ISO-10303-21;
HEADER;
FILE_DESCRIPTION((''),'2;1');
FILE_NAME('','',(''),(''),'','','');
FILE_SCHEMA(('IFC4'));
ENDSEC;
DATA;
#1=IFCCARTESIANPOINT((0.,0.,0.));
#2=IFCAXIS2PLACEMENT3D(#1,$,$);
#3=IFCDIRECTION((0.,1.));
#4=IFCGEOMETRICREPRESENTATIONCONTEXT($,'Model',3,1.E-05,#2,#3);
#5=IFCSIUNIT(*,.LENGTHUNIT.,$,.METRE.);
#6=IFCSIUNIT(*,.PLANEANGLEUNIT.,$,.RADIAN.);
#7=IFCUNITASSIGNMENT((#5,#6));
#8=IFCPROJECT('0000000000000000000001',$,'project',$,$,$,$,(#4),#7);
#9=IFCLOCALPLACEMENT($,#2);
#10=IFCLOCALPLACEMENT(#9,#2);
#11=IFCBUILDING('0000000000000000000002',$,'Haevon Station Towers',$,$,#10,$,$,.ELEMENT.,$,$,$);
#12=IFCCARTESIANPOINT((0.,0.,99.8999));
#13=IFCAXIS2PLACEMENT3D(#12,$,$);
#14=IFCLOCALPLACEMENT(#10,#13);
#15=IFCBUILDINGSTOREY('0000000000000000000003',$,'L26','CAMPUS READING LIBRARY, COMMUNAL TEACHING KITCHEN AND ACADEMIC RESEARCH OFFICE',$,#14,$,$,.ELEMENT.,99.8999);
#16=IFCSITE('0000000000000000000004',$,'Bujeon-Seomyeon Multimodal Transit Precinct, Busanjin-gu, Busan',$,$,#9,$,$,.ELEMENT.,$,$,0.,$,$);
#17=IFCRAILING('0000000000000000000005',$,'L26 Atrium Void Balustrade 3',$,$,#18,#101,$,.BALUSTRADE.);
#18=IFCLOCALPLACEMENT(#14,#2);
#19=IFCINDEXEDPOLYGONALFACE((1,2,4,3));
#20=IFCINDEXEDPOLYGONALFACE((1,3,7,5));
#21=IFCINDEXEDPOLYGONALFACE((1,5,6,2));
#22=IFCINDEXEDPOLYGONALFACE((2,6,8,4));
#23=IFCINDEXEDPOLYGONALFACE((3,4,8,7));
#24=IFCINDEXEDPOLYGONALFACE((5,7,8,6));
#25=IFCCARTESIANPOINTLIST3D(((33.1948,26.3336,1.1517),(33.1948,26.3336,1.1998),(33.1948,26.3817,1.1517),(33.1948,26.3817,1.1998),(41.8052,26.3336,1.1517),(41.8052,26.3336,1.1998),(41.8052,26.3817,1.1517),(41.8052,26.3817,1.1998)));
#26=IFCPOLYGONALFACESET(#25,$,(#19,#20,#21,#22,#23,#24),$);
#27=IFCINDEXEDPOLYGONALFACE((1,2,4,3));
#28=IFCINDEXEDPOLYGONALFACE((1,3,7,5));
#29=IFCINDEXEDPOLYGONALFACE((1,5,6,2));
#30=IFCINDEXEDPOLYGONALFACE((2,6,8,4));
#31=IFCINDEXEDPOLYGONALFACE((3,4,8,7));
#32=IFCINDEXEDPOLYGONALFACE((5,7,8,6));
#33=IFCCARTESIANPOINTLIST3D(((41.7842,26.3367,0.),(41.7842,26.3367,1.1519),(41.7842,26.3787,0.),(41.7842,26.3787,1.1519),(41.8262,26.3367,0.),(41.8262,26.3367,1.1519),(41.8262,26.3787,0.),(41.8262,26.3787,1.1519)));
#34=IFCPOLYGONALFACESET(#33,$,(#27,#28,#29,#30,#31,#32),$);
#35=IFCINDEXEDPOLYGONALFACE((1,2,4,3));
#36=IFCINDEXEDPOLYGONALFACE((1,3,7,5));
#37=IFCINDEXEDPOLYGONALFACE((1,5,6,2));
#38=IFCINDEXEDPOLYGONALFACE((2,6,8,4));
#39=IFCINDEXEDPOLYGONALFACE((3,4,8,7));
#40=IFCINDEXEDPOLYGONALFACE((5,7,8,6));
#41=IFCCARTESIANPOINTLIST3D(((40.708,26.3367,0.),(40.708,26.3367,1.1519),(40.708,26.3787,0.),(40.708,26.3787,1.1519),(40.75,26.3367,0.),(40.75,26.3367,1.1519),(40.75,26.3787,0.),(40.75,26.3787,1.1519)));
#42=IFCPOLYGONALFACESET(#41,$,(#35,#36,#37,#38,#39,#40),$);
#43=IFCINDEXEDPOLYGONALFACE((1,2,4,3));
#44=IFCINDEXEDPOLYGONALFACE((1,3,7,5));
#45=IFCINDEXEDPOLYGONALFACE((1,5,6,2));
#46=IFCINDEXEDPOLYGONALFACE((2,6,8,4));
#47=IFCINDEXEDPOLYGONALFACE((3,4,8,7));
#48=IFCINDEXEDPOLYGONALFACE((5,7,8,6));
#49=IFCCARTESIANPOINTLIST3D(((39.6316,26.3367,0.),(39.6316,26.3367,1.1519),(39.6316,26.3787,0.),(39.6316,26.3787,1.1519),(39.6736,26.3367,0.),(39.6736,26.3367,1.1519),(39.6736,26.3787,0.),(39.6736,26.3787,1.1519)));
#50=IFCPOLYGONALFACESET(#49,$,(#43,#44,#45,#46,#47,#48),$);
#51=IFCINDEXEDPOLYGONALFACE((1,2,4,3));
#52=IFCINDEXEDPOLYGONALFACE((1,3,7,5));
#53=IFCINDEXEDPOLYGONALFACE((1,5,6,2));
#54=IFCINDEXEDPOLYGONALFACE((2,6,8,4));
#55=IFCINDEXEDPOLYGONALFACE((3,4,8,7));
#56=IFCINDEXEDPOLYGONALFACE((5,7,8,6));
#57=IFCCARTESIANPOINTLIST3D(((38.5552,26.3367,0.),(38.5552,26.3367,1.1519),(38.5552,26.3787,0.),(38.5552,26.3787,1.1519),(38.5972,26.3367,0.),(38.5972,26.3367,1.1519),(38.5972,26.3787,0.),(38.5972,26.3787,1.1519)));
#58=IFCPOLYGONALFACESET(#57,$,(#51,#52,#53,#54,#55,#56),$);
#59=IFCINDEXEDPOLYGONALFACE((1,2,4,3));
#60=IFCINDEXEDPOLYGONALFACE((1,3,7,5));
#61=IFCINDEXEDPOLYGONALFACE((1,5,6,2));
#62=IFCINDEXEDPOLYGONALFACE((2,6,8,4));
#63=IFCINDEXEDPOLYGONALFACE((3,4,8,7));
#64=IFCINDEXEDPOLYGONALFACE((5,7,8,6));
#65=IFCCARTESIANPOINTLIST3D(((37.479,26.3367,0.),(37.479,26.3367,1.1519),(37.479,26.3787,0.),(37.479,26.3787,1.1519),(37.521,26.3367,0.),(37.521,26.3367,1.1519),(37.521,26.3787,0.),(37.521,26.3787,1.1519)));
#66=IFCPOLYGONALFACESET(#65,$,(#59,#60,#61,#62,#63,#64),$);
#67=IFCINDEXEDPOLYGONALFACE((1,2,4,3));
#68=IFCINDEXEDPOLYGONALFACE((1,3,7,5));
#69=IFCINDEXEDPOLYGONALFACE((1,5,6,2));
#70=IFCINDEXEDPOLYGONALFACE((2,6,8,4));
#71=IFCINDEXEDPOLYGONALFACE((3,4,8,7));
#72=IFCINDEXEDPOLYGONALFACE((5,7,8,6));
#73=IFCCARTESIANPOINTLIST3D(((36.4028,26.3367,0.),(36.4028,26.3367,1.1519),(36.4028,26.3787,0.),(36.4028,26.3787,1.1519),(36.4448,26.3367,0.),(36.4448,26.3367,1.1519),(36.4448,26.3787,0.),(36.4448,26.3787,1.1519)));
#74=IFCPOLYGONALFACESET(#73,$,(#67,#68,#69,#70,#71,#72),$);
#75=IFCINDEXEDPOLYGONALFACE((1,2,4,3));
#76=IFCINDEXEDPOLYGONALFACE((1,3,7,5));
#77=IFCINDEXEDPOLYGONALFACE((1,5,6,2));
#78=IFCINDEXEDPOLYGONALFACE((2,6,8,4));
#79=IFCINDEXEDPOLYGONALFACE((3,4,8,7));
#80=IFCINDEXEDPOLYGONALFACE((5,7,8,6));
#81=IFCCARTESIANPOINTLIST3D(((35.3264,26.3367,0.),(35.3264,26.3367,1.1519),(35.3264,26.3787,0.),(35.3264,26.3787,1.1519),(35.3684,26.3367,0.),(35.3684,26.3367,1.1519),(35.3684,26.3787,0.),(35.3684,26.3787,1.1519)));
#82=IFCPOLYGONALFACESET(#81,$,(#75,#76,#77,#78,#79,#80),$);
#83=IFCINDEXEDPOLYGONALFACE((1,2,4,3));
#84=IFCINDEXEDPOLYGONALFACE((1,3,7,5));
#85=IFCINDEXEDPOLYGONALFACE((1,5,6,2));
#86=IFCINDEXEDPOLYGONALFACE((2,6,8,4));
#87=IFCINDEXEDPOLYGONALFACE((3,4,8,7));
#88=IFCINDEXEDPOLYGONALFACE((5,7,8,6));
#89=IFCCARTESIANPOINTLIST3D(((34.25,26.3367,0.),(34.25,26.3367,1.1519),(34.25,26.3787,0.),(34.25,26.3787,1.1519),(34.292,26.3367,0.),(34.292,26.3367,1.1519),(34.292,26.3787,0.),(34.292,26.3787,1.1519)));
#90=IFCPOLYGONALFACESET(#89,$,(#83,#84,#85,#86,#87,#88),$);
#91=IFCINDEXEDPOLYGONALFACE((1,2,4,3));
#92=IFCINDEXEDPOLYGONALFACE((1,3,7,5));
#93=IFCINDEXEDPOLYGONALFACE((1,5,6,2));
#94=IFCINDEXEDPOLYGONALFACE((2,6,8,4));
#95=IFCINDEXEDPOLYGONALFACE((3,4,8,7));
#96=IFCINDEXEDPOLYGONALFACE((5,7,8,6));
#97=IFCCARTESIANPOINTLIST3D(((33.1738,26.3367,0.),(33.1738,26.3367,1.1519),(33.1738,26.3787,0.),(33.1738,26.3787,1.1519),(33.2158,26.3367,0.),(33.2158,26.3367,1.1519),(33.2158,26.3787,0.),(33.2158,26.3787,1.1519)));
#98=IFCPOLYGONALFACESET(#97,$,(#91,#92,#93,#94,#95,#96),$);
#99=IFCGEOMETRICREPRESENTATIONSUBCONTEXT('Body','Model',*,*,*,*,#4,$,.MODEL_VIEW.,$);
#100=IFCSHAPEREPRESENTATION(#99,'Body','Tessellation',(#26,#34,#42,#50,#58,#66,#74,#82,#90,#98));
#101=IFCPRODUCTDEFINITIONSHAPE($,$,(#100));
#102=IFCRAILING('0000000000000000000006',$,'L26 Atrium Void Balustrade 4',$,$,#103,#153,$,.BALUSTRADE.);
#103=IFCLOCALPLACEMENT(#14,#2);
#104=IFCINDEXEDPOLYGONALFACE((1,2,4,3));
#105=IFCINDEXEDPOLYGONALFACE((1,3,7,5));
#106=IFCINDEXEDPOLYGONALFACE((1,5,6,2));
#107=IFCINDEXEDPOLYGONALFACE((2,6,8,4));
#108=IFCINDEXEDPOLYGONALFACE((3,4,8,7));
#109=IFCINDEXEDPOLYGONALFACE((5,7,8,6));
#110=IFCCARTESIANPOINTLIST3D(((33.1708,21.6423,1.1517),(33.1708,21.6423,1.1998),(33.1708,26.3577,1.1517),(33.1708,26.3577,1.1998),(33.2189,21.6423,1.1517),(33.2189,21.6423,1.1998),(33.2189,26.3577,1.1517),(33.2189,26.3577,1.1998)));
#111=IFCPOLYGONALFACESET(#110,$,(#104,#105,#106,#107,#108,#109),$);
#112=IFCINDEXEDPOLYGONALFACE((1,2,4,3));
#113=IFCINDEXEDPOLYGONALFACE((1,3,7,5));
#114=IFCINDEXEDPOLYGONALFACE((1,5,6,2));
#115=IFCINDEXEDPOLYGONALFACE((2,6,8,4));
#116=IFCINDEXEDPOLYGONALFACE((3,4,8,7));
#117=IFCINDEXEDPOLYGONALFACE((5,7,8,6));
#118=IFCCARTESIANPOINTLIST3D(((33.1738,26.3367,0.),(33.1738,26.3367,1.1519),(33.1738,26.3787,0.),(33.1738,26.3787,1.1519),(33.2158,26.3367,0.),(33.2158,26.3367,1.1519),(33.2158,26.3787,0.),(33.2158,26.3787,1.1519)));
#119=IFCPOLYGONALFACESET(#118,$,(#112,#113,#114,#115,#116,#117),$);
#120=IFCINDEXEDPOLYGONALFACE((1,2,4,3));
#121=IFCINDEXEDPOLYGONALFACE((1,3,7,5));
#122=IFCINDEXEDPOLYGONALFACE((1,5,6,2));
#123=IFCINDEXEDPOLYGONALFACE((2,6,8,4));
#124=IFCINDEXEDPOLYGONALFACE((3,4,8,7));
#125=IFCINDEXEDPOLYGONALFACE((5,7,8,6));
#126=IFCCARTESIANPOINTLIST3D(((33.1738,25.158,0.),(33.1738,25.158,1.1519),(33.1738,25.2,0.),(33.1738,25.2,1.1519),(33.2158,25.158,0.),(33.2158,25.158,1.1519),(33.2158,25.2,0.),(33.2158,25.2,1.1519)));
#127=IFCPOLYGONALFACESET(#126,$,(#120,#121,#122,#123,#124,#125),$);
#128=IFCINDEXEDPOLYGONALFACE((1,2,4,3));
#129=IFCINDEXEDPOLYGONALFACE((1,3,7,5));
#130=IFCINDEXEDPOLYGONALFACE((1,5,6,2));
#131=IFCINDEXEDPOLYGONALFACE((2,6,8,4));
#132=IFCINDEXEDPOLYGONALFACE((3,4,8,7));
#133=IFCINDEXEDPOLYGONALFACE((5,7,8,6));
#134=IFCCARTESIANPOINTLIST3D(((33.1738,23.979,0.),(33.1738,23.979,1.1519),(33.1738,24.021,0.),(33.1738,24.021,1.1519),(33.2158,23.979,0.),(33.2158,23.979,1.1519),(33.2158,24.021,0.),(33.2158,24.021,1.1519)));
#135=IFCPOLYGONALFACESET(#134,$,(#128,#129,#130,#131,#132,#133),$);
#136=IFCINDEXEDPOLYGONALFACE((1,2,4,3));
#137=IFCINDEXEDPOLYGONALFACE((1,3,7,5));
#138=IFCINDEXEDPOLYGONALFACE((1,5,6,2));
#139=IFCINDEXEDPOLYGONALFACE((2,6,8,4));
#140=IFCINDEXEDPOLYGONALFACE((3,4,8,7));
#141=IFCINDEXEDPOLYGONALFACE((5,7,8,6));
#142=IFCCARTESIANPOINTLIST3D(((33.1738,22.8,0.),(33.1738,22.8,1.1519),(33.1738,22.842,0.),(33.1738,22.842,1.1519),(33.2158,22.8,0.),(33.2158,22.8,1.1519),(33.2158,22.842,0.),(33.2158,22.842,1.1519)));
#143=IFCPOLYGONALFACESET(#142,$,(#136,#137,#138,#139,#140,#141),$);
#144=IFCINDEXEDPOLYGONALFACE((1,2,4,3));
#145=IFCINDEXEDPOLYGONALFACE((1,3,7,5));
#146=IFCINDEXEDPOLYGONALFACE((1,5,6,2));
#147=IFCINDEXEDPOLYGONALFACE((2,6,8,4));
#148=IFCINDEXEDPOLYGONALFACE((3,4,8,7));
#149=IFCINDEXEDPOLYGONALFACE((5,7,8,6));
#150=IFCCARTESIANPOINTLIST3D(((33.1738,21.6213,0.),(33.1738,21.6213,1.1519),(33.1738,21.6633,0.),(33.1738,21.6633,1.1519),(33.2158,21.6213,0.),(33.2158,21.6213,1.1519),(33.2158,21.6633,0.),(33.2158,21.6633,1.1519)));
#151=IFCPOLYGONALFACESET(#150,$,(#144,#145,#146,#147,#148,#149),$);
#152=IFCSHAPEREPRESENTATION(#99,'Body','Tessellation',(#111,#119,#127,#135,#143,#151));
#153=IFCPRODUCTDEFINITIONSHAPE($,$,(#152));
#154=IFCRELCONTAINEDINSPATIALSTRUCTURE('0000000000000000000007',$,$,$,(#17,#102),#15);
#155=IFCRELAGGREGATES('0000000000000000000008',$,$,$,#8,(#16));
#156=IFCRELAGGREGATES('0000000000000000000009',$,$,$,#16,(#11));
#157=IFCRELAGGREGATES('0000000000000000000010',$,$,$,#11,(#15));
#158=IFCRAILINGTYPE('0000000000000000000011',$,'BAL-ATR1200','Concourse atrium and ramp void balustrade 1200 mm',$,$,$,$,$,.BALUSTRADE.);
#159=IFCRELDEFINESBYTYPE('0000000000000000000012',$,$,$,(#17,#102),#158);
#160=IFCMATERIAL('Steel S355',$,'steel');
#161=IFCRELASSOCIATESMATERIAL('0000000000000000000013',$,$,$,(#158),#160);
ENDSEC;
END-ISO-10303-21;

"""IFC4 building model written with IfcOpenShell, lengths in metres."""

from ifc_helpers import new_model, si_unit, direction, frame, origin, origin_2d, place, context, subcontext, project, spatial, rectangle, extrude, material, type_object, element, save


model = new_model("IFC4")

# Units and contexts
model_context = context("Model", 3, precision=1e-05, world=origin(), true_north=direction((0.0, 1.0)))
body_context = subcontext(model_context, "Body", "Model", "MODEL_VIEW")
ifc_project = project(units=[si_unit("LENGTHUNIT", "METRE"), si_unit("PLANEANGLEUNIT", "RADIAN")], contexts=[model_context])

# Site, building, storey
site_placement = place(None, origin())
site = spatial("IfcSite", under=ifc_project, at=site_placement, Name="Bujeon-Seomyeon Multimodal Transit Precinct, Busanjin-gu, Busan", CompositionType="ELEMENT", RefElevation=0.0)
building_placement = place(site_placement, origin())
building = spatial("IfcBuilding", under=site, at=building_placement, Name="Haevon Station Towers", CompositionType="ELEMENT")
storey_placement = place(building_placement, frame((0.0, 0.0, 99.8999)))
storey = spatial("IfcBuildingStorey", under=building, at=storey_placement, Name="L26", Description="CAMPUS READING LIBRARY, COMMUNAL TEACHING KITCHEN AND ACADEMIC RESEARCH OFFICE", CompositionType="ELEMENT", Elevation=99.8999)

# Shared definitions
ifc_material_1 = material(Name="Steel S355", Category="steel")

# Railings
railing_type = type_object("IfcRailingType", Name="BAL-ATR1200", Description="Concourse atrium and ramp void balustrade 1200 mm", PredefinedType="BALUSTRADE", material=ifc_material_1)
railing_1_placement = place(storey_placement, frame((41.8052, 26.3577, 0.0)))
element("IfcRailing", 1, at=railing_1_placement, inside=storey, type_object=railing_type, Name="L26 Atrium Void Balustrade 3", PredefinedType="BALUSTRADE", context=body_context, shape_type="SweptSolid", body=[
    extrude(rectangle(XDim=0.0481, YDim=0.0481, at=origin_2d()), frame((0.0, 0.0, 1.1758), z_axis=(-1.0, 0.0, 0.0), x_axis=(0.0, -1.0, 0.0)), (0.0, 0.0, 1.0), 8.6104),
    extrude(rectangle(XDim=0.042, YDim=0.042, at=origin_2d()), origin(), (0.0, 0.0, 1.0), 1.1519),
    extrude(rectangle(XDim=0.042, YDim=0.042, at=origin_2d()), frame((-1.0762, 0.0, 0.0)), (0.0, 0.0, 1.0), 1.1519),
    extrude(rectangle(XDim=0.042, YDim=0.042, at=origin_2d()), frame((-2.1526, 0.0, 0.0)), (0.0, 0.0, 1.0), 1.1519),
    extrude(rectangle(XDim=0.042, YDim=0.042, at=origin_2d()), frame((-3.229, 0.0, 0.0)), (0.0, 0.0, 1.0), 1.1519),
    extrude(rectangle(XDim=0.042, YDim=0.042, at=origin_2d()), frame((-4.3052, 0.0, 0.0)), (0.0, 0.0, 1.0), 1.1519),
    extrude(rectangle(XDim=0.042, YDim=0.042, at=origin_2d()), frame((-5.3813, 0.0, 0.0)), (0.0, 0.0, 1.0), 1.1519),
    extrude(rectangle(XDim=0.042, YDim=0.042, at=origin_2d()), frame((-6.4578, 0.0, 0.0)), (0.0, 0.0, 1.0), 1.1519),
    extrude(rectangle(XDim=0.042, YDim=0.042, at=origin_2d()), frame((-7.5342, 0.0, 0.0)), (0.0, 0.0, 1.0), 1.1519),
    extrude(rectangle(XDim=0.042, YDim=0.042, at=origin_2d()), frame((-8.6104, 0.0, 0.0)), (0.0, 0.0, 1.0), 1.1519),
])
railing_2_placement = place(storey_placement, frame((33.1948, 26.3577, 0.0)))
element("IfcRailing", 2, at=railing_2_placement, inside=storey, type_object=railing_type, Name="L26 Atrium Void Balustrade 4", PredefinedType="BALUSTRADE", context=body_context, shape_type="SweptSolid", body=[
    extrude(rectangle(XDim=0.0481, YDim=0.0481, at=origin_2d()), frame((0.0, 0.0, 1.1758), z_axis=(0.0, -1.0, 0.0), x_axis=(1.0, 0.0, 0.0)), (0.0, 0.0, 1.0), 4.7153),
    extrude(rectangle(XDim=0.042, YDim=0.042, at=origin_2d()), origin(), (0.0, 0.0, 1.0), 1.1519),
    extrude(rectangle(XDim=0.042, YDim=0.042, at=origin_2d()), frame((0.0, -1.1787, 0.0)), (0.0, 0.0, 1.0), 1.1519),
    extrude(rectangle(XDim=0.042, YDim=0.042, at=origin_2d()), frame((0.0, -2.3577, 0.0)), (0.0, 0.0, 1.0), 1.1519),
    extrude(rectangle(XDim=0.042, YDim=0.042, at=origin_2d()), frame((0.0, -3.5366, 0.0)), (0.0, 0.0, 1.0), 1.1519),
    extrude(rectangle(XDim=0.042, YDim=0.042, at=origin_2d()), frame((0.0, -4.7153, 0.0)), (0.0, 0.0, 1.0), 1.1519),
])

save(model, "model.ifc")
